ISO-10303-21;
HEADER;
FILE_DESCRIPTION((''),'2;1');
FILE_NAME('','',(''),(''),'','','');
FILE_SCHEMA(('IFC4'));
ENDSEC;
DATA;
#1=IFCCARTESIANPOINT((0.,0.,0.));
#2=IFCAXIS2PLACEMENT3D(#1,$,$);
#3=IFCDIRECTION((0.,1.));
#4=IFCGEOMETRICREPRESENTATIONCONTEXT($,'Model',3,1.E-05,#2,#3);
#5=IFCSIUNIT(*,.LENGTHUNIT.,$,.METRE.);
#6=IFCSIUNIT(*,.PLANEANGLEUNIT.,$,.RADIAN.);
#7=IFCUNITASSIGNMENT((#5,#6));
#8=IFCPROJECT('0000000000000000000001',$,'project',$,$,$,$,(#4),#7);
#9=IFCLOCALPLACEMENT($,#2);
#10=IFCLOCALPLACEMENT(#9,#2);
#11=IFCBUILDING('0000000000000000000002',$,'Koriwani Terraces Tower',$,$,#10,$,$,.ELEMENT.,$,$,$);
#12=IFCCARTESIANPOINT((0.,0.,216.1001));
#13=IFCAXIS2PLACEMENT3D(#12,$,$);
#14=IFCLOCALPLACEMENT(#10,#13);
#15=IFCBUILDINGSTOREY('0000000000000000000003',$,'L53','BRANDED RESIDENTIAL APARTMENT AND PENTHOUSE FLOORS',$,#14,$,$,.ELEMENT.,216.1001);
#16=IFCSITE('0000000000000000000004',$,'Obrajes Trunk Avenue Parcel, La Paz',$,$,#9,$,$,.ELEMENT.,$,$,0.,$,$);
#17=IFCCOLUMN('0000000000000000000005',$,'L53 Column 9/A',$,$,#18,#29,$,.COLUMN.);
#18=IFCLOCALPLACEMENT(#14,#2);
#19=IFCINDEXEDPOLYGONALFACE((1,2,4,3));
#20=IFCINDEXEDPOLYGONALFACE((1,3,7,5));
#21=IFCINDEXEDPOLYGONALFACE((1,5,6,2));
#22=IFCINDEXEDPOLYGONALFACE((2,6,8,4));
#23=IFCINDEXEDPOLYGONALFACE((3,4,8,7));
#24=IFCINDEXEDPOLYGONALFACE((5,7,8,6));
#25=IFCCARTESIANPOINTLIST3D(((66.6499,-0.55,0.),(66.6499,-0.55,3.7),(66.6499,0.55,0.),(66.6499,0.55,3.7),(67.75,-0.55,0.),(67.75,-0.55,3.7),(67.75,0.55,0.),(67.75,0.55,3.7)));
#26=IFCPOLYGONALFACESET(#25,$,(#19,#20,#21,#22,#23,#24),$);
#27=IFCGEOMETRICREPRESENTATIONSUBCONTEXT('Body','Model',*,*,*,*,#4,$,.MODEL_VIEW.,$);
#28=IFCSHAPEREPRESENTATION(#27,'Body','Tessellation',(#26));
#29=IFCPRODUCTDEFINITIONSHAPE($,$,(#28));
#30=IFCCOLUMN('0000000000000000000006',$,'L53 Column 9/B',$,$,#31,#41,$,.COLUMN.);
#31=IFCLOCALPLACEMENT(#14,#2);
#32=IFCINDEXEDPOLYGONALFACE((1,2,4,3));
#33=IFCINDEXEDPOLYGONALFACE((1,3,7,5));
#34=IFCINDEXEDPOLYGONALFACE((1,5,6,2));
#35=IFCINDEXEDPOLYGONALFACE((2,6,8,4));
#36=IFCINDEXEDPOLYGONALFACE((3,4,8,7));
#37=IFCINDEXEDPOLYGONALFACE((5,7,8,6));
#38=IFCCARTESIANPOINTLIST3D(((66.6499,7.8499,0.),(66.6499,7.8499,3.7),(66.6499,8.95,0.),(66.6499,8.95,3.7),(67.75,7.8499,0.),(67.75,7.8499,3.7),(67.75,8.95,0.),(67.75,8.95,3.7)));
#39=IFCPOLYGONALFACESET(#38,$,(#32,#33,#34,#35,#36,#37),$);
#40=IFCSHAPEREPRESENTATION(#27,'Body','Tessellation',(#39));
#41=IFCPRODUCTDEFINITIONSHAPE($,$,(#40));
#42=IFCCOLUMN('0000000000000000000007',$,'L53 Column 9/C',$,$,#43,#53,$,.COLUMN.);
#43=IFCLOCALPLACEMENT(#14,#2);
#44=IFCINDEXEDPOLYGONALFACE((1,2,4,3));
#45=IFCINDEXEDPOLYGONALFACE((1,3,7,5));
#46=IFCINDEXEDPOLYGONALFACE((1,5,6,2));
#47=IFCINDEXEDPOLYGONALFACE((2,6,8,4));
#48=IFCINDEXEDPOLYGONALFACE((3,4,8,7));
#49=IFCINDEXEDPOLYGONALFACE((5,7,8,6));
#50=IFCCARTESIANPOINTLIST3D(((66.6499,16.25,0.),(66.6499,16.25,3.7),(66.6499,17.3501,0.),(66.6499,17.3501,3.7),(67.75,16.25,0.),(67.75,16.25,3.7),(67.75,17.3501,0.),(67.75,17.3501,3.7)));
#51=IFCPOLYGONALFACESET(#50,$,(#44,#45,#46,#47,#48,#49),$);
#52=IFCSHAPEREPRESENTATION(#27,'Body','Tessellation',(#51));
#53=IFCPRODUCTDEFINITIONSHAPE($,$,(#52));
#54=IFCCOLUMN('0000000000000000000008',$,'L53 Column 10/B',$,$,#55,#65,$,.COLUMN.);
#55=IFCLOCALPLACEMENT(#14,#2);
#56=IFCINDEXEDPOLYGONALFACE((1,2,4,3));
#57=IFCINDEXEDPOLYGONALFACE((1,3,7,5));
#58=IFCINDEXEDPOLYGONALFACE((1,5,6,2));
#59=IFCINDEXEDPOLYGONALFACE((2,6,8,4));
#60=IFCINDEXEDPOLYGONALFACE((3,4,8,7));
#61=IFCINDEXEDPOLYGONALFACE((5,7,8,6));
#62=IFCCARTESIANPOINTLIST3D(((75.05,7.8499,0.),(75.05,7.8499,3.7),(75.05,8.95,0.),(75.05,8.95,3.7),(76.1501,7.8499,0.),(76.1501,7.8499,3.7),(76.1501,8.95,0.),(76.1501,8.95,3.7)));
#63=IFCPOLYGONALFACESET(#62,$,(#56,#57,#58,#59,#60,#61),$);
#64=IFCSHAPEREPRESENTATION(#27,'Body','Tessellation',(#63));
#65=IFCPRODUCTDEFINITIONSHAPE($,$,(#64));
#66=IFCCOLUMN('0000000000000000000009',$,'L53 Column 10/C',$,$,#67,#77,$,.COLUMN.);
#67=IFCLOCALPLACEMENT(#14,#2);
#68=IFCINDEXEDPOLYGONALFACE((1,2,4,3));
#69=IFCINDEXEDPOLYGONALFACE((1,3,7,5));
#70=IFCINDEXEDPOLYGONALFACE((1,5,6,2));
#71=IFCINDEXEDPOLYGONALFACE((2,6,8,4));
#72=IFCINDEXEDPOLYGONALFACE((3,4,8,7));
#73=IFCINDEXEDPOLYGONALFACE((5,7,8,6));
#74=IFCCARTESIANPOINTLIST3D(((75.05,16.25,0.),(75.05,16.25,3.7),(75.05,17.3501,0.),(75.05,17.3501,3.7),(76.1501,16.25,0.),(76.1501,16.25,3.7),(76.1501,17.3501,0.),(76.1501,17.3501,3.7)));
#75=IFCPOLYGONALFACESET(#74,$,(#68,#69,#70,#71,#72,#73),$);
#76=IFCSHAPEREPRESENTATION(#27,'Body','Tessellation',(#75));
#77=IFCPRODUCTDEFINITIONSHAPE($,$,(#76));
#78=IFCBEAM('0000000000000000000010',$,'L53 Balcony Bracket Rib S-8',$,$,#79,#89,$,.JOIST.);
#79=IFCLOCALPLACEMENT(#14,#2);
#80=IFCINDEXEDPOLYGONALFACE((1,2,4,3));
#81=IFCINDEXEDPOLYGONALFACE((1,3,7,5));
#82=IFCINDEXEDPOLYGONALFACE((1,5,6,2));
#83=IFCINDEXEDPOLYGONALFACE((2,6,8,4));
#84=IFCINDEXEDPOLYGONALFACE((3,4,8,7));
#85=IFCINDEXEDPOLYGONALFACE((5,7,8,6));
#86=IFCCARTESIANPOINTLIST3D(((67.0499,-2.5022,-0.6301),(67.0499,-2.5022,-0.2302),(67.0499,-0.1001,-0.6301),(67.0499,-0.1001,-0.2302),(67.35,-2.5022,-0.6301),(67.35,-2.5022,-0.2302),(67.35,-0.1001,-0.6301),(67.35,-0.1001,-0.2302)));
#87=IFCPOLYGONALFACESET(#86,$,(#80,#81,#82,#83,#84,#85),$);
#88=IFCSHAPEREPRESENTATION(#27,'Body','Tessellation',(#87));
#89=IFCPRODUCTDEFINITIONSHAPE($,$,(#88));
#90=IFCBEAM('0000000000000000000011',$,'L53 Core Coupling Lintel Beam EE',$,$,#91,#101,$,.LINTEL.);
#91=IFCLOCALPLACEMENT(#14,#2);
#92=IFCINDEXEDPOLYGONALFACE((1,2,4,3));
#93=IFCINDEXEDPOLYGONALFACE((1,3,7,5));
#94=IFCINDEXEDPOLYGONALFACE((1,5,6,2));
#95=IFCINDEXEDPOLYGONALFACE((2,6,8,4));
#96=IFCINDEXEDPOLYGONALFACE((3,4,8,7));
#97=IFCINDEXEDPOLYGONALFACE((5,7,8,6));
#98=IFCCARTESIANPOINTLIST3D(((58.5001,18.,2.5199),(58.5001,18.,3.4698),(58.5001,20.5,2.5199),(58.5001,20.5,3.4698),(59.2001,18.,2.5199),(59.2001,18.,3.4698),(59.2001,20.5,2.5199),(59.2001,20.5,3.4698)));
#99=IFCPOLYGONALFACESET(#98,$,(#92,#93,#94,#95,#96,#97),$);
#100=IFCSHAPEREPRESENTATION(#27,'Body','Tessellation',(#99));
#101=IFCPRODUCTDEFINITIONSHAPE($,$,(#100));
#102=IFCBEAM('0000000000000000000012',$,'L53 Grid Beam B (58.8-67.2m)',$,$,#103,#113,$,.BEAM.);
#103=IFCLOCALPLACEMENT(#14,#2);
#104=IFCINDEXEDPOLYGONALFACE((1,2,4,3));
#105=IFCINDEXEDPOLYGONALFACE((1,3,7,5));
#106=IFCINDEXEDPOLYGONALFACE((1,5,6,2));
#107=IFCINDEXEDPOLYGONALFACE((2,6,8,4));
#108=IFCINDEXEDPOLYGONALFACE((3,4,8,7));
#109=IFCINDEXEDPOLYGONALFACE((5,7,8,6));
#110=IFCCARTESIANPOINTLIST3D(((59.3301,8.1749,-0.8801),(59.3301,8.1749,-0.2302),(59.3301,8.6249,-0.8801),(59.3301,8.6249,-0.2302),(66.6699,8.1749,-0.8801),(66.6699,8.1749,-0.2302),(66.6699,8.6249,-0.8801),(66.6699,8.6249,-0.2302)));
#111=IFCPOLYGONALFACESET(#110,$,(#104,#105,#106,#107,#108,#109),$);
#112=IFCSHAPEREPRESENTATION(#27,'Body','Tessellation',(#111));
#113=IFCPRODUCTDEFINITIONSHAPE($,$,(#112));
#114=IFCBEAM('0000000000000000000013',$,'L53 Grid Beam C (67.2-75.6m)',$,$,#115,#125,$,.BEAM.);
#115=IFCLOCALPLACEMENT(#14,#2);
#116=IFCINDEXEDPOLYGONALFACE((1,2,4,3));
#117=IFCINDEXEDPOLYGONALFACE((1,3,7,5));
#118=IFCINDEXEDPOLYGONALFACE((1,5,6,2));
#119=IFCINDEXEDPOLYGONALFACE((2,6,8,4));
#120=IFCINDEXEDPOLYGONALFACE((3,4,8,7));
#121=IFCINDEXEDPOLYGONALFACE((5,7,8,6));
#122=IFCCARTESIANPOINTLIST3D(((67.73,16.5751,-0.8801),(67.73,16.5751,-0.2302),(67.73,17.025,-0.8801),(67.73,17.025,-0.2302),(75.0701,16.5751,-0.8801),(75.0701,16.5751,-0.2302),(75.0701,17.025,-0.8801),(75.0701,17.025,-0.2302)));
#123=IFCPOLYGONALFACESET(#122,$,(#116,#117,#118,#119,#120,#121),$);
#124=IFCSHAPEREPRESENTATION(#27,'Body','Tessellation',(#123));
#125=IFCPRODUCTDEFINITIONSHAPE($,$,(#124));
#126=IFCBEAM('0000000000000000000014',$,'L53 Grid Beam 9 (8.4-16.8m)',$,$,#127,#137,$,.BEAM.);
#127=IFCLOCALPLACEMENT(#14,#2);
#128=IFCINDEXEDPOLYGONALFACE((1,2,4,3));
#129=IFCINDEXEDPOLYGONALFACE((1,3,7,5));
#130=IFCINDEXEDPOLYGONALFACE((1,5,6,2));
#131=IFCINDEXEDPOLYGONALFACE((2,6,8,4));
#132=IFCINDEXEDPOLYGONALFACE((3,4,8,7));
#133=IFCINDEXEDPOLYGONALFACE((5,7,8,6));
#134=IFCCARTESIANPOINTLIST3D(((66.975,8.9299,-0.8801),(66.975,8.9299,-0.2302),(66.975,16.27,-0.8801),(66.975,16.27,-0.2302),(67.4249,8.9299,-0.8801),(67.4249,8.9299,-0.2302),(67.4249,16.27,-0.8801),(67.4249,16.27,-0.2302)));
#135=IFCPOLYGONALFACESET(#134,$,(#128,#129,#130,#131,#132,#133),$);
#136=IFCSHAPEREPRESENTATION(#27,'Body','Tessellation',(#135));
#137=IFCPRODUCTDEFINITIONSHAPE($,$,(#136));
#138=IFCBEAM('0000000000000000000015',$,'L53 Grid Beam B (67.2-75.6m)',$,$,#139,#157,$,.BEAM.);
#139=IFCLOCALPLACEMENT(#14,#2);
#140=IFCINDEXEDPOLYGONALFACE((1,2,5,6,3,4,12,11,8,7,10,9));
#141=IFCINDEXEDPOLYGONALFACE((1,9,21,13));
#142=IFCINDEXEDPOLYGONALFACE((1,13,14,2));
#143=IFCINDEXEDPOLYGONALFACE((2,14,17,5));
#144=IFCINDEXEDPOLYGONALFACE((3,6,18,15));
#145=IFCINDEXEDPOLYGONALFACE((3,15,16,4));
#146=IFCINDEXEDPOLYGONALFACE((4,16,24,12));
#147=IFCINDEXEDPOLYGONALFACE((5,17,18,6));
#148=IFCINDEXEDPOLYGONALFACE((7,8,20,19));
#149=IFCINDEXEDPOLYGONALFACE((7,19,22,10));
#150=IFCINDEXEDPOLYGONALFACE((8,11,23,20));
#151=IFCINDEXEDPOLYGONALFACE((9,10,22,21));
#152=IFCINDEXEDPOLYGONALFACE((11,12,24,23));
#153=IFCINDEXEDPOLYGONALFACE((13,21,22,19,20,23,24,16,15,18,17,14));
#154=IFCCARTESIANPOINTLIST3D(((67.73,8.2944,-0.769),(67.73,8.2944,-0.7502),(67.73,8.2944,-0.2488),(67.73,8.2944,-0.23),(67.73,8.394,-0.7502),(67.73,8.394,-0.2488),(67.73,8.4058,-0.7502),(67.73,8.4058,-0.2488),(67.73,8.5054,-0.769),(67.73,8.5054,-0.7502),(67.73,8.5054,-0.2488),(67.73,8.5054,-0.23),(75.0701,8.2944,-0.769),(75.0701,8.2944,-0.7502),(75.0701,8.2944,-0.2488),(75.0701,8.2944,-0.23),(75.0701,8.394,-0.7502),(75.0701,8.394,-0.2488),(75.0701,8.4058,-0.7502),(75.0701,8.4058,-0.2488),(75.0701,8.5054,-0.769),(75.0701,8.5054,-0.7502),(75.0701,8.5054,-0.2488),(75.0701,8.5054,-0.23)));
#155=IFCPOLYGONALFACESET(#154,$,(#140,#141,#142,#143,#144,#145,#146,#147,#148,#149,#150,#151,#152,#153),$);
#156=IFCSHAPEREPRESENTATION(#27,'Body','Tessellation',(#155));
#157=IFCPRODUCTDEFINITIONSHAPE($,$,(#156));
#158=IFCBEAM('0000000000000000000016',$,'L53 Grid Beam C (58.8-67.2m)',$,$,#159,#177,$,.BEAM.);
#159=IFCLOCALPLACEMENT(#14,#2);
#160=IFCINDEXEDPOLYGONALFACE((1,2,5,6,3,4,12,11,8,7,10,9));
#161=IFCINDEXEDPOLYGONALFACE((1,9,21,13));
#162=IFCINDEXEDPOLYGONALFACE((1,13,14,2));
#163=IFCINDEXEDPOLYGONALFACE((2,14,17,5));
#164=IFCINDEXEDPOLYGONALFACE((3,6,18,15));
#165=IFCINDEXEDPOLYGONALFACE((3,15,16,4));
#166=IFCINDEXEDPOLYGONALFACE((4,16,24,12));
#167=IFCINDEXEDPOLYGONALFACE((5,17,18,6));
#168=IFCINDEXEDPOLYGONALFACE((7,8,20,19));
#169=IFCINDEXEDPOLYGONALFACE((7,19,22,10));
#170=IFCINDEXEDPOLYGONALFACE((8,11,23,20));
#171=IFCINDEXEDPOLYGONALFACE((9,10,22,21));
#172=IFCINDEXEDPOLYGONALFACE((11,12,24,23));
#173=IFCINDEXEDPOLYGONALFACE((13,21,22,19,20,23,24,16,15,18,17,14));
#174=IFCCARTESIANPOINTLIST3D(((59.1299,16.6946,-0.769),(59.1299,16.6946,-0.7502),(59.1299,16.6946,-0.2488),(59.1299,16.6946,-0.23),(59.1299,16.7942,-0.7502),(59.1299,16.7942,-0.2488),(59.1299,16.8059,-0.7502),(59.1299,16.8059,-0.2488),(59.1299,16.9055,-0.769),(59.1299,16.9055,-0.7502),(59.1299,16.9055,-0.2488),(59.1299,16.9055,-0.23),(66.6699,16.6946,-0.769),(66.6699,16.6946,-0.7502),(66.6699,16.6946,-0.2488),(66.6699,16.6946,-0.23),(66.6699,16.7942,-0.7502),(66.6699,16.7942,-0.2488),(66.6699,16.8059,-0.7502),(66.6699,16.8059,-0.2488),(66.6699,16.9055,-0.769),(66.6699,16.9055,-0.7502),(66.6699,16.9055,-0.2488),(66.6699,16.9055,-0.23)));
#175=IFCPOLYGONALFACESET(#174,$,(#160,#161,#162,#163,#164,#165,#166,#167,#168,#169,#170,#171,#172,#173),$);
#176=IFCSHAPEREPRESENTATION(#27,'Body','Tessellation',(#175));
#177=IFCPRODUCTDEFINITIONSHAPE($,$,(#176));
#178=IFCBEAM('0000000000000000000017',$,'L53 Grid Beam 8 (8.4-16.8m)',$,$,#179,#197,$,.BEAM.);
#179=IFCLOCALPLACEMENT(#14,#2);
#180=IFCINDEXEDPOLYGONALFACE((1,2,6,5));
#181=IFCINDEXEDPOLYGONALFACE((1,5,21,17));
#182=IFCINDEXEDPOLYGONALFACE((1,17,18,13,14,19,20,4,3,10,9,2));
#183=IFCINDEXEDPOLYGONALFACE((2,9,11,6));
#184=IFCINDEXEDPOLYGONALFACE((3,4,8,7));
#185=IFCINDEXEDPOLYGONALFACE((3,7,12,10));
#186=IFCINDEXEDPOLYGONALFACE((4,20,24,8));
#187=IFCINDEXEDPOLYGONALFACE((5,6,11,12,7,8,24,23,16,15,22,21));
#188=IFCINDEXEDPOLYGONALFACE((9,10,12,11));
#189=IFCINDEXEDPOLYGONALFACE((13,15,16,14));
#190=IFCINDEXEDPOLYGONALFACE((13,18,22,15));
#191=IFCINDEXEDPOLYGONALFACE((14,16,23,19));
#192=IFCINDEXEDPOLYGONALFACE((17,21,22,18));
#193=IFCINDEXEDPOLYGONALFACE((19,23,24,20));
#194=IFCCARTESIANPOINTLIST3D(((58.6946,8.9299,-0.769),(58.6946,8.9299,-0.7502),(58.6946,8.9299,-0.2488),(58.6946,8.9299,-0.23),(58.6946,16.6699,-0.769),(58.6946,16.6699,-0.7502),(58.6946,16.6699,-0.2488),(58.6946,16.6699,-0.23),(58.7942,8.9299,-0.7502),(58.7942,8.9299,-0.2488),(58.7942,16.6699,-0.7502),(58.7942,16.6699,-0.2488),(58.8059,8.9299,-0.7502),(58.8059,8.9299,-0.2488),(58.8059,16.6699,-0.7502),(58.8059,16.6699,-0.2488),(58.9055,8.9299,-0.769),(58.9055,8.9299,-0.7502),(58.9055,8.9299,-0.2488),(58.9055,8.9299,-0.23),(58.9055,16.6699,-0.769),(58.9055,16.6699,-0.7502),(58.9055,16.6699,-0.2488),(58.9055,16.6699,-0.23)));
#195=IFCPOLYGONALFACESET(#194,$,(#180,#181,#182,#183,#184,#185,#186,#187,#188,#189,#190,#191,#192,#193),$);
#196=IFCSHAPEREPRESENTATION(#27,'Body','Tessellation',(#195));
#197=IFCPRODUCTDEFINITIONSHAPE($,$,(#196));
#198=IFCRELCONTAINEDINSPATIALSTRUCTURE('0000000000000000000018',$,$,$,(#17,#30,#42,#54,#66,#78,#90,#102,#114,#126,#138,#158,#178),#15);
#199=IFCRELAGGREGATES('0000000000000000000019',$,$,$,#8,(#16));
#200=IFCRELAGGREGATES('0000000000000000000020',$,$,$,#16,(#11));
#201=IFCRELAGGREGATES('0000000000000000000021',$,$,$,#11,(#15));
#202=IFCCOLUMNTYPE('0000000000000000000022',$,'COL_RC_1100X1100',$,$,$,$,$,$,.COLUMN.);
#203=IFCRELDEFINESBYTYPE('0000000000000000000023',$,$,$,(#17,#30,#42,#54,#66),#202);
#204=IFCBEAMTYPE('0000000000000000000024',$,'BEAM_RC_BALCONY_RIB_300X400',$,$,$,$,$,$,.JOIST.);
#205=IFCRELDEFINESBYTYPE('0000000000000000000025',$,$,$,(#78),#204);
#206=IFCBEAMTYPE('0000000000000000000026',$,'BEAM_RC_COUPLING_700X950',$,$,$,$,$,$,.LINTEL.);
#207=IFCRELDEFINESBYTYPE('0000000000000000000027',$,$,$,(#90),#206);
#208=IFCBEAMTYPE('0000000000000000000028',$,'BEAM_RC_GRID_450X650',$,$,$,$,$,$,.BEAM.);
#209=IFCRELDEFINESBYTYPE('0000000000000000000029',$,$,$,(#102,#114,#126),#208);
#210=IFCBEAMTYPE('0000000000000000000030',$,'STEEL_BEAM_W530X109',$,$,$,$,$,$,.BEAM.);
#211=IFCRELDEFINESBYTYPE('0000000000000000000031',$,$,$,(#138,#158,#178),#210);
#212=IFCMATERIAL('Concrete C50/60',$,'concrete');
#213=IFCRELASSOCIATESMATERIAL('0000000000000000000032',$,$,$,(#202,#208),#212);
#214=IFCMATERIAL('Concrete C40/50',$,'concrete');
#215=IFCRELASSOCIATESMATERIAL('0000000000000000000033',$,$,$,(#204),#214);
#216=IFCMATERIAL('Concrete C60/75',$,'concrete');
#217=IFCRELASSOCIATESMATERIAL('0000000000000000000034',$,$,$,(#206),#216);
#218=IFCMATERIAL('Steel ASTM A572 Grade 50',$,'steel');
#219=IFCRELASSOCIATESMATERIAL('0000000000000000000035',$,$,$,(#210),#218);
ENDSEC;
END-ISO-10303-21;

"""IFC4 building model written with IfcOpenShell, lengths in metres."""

from ifc_helpers import new_model, si_unit, direction, frame, origin, origin_2d, place, context, subcontext, project, spatial, rectangle, i_section, extrude, material, material_profile, profile_set, type_object, element, save


model = new_model("IFC4")

# Units and contexts
model_context = context("Model", 3, precision=1e-05, world=origin(), true_north=direction((0.0, 1.0)))
body_context = subcontext(model_context, "Body", "Model", "MODEL_VIEW")
ifc_project = project(units=[si_unit("LENGTHUNIT", "METRE"), si_unit("PLANEANGLEUNIT", "RADIAN")], contexts=[model_context])

# Site, building, storey
site_placement = place(None, origin())
site = spatial("IfcSite", under=ifc_project, at=site_placement, Name="Obrajes Trunk Avenue Parcel, La Paz", CompositionType="ELEMENT", RefElevation=0.0)
building_placement = place(site_placement, origin())
building = spatial("IfcBuilding", under=site, at=building_placement, Name="Koriwani Terraces Tower", CompositionType="ELEMENT")
storey_placement = place(building_placement, frame((0.0, 0.0, 216.1001)))
storey = spatial("IfcBuildingStorey", under=building, at=storey_placement, Name="L53", Description="BRANDED RESIDENTIAL APARTMENT AND PENTHOUSE FLOORS", CompositionType="ELEMENT", Elevation=216.1001)

# Columns
ifc_material_1 = material(Name="Concrete C50/60", Category="concrete")
ifc_material_profile_1 = material_profile(ifc_material_1, rectangle(XDim=1.1001, YDim=1.1001, at=origin_2d()), Name="Concrete C50/60", Category="LoadBearing")
ifc_profile_set_1 = profile_set([ifc_material_profile_1], Name="Concrete C50/60")
column_type = type_object("IfcColumnType", Name="COL_RC_1100X1100", PredefinedType="COLUMN", material=ifc_profile_set_1)
for number, where, z_axis, x_axis, name in (
    (1, (67.2, 0.0, 0.0), (0.0, 0.0, 1.0), (1.0, 0.0, 0.0), "L53 Column 9/A"),
    (2, (67.2, 8.3999, 0.0), (0.0, 0.0, 1.0), (1.0, 0.0, 0.0), "L53 Column 9/B"),
    (3, (67.2, 16.8, 0.0), (0.0, 0.0, 1.0), (1.0, 0.0, 0.0), "L53 Column 9/C"),
    (4, (75.6001, 8.3999, 0.0), (0.0, 0.0, 1.0), (1.0, 0.0, 0.0), "L53 Column 10/B"),
    (5, (75.6001, 16.8, 0.0), (0.0, 0.0, 1.0), (1.0, 0.0, 0.0), "L53 Column 10/C"),
):
    element("IfcColumn", number, at=place(storey_placement, frame(where, z_axis=z_axis, x_axis=x_axis)), inside=storey, type_object=column_type, Name=name, PredefinedType="COLUMN", context=body_context, shape_type="SweptSolid", body=[
        extrude(rectangle(XDim=1.1001, YDim=1.1001, at=origin_2d()), origin(), (0.0, 0.0, 1.0), 3.7),
    ])

# Beams
ifc_material_2 = material(Name="Concrete C40/50", Category="concrete")
ifc_material_profile_2 = material_profile(ifc_material_2, rectangle(XDim=0.3, YDim=0.3999, at=origin_2d()), Name="Concrete C40/50", Category="LoadBearing")
ifc_profile_set_2 = profile_set([ifc_material_profile_2], Name="Concrete C40/50")
beam_type_1 = type_object("IfcBeamType", Name="BEAM_RC_BALCONY_RIB_300X400", PredefinedType="JOIST", material=ifc_profile_set_2)
beam_1_placement = place(storey_placement, frame((67.2, -2.5022, -0.4302), z_axis=(0.0, 1.0, 0.0), x_axis=(-1.0, 0.0, 0.0)))
element("IfcBeam", 6, at=beam_1_placement, inside=storey, type_object=beam_type_1, Name="L53 Balcony Bracket Rib S-8", PredefinedType="JOIST", context=body_context, shape_type="SweptSolid", body=[
    extrude(rectangle(XDim=0.3, YDim=0.3999, at=origin_2d()), origin(), (0.0, 0.0, 1.0), 2.4021),
])
ifc_material_3 = material(Name="Concrete C60/75", Category="concrete")
ifc_material_profile_3 = material_profile(ifc_material_3, rectangle(XDim=0.7, YDim=0.95, at=origin_2d()), Name="Concrete C60/75", Category="LoadBearing")
ifc_profile_set_3 = profile_set([ifc_material_profile_3], Name="Concrete C60/75")
beam_type_2 = type_object("IfcBeamType", Name="BEAM_RC_COUPLING_700X950", PredefinedType="LINTEL", material=ifc_profile_set_3)
beam_2_placement = place(storey_placement, frame((58.8501, 18.0, 2.9949), z_axis=(0.0, 1.0, 0.0), x_axis=(-1.0, 0.0, 0.0)))
element("IfcBeam", 7, at=beam_2_placement, inside=storey, type_object=beam_type_2, Name="L53 Core Coupling Lintel Beam EE", PredefinedType="LINTEL", context=body_context, shape_type="SweptSolid", body=[
    extrude(rectangle(XDim=0.7, YDim=0.95, at=origin_2d()), origin(), (0.0, 0.0, 1.0), 2.5),
])
ifc_material_profile_4 = material_profile(ifc_material_1, rectangle(XDim=0.45, YDim=0.6499, at=origin_2d()), Name="Concrete C50/60", Category="LoadBearing")
ifc_profile_set_4 = profile_set([ifc_material_profile_4], Name="Concrete C50/60")
beam_type_3 = type_object("IfcBeamType", Name="BEAM_RC_GRID_450X650", PredefinedType="BEAM", material=ifc_profile_set_4)
beam_3_placement = place(storey_placement, frame((59.3301, 8.3999, -0.5552), z_axis=(1.0, 0.0, 0.0), x_axis=(0.0, 1.0, 0.0)))
element("IfcBeam", 8, at=beam_3_placement, inside=storey, type_object=beam_type_3, Name="L53 Grid Beam B (58.8-67.2m)", PredefinedType="BEAM", context=body_context, shape_type="SweptSolid", body=[
    extrude(rectangle(XDim=0.45, YDim=0.6499, at=origin_2d()), origin(), (0.0, 0.0, 1.0), 7.3398),
])
for number, where, z_axis, x_axis, name in (
    (9, (67.73, 16.8, -0.5552), (1.0, 0.0, 0.0), (0.0, 1.0, 0.0), "L53 Grid Beam C (67.2-75.6m)"),
    (10, (67.2, 8.9299, -0.5552), (0.0, 1.0, 0.0), (-1.0, 0.0, 0.0), "L53 Grid Beam 9 (8.4-16.8m)"),
):
    element("IfcBeam", number, at=place(storey_placement, frame(where, z_axis=z_axis, x_axis=x_axis)), inside=storey, type_object=beam_type_3, Name=name, PredefinedType="BEAM", context=body_context, shape_type="SweptSolid", body=[
        extrude(rectangle(XDim=0.45, YDim=0.6499, at=origin_2d()), origin(), (0.0, 0.0, 1.0), 7.3401),
    ])
ifc_material_4 = material(Name="Steel ASTM A572 Grade 50", Category="steel")
ifc_material_profile_5 = material_profile(ifc_material_4, i_section(OverallWidth=0.2109, OverallDepth=0.5391, WebThickness=0.0117, FlangeThickness=0.0188, at=origin_2d()), Name="Steel ASTM A572 Grade 50", Category="LoadBearing")
ifc_profile_set_5 = profile_set([ifc_material_profile_5], Name="Steel ASTM A572 Grade 50")
beam_type_4 = type_object("IfcBeamType", Name="STEEL_BEAM_W530X109", PredefinedType="BEAM", material=ifc_profile_set_5)
beam_4_placement = place(storey_placement, frame((67.73, 8.3999, -0.4995), z_axis=(1.0, 0.0, 0.0), x_axis=(0.0, 1.0, 0.0)))
element("IfcBeam", 11, at=beam_4_placement, inside=storey, type_object=beam_type_4, Name="L53 Grid Beam B (67.2-75.6m)", PredefinedType="BEAM", context=body_context, shape_type="SweptSolid", body=[
    extrude(i_section(OverallWidth=0.2109, OverallDepth=0.5391, WebThickness=0.0117, FlangeThickness=0.0188, at=origin_2d()), origin(), (0.0, 0.0, 1.0), 7.3401),
])
beam_5_placement = place(storey_placement, frame((59.1299, 16.8, -0.4995), z_axis=(1.0, 0.0, 0.0), x_axis=(0.0, 1.0, 0.0)))
element("IfcBeam", 12, at=beam_5_placement, inside=storey, type_object=beam_type_4, Name="L53 Grid Beam C (58.8-67.2m)", PredefinedType="BEAM", context=body_context, shape_type="SweptSolid", body=[
    extrude(i_section(OverallWidth=0.2109, OverallDepth=0.5391, WebThickness=0.0117, FlangeThickness=0.0188, at=origin_2d()), origin(), (0.0, 0.0, 1.0), 7.54),
])
beam_6_placement = place(storey_placement, frame((58.8, 8.9299, -0.4995), z_axis=(0.0, 1.0, 0.0), x_axis=(-1.0, 0.0, 0.0)))
element("IfcBeam", 13, at=beam_6_placement, inside=storey, type_object=beam_type_4, Name="L53 Grid Beam 8 (8.4-16.8m)", PredefinedType="BEAM", context=body_context, shape_type="SweptSolid", body=[
    extrude(i_section(OverallWidth=0.2109, OverallDepth=0.5391, WebThickness=0.0117, FlangeThickness=0.0188, at=origin_2d()), origin(), (0.0, 0.0, 1.0), 7.74),
])

save(model, "model.ifc")
